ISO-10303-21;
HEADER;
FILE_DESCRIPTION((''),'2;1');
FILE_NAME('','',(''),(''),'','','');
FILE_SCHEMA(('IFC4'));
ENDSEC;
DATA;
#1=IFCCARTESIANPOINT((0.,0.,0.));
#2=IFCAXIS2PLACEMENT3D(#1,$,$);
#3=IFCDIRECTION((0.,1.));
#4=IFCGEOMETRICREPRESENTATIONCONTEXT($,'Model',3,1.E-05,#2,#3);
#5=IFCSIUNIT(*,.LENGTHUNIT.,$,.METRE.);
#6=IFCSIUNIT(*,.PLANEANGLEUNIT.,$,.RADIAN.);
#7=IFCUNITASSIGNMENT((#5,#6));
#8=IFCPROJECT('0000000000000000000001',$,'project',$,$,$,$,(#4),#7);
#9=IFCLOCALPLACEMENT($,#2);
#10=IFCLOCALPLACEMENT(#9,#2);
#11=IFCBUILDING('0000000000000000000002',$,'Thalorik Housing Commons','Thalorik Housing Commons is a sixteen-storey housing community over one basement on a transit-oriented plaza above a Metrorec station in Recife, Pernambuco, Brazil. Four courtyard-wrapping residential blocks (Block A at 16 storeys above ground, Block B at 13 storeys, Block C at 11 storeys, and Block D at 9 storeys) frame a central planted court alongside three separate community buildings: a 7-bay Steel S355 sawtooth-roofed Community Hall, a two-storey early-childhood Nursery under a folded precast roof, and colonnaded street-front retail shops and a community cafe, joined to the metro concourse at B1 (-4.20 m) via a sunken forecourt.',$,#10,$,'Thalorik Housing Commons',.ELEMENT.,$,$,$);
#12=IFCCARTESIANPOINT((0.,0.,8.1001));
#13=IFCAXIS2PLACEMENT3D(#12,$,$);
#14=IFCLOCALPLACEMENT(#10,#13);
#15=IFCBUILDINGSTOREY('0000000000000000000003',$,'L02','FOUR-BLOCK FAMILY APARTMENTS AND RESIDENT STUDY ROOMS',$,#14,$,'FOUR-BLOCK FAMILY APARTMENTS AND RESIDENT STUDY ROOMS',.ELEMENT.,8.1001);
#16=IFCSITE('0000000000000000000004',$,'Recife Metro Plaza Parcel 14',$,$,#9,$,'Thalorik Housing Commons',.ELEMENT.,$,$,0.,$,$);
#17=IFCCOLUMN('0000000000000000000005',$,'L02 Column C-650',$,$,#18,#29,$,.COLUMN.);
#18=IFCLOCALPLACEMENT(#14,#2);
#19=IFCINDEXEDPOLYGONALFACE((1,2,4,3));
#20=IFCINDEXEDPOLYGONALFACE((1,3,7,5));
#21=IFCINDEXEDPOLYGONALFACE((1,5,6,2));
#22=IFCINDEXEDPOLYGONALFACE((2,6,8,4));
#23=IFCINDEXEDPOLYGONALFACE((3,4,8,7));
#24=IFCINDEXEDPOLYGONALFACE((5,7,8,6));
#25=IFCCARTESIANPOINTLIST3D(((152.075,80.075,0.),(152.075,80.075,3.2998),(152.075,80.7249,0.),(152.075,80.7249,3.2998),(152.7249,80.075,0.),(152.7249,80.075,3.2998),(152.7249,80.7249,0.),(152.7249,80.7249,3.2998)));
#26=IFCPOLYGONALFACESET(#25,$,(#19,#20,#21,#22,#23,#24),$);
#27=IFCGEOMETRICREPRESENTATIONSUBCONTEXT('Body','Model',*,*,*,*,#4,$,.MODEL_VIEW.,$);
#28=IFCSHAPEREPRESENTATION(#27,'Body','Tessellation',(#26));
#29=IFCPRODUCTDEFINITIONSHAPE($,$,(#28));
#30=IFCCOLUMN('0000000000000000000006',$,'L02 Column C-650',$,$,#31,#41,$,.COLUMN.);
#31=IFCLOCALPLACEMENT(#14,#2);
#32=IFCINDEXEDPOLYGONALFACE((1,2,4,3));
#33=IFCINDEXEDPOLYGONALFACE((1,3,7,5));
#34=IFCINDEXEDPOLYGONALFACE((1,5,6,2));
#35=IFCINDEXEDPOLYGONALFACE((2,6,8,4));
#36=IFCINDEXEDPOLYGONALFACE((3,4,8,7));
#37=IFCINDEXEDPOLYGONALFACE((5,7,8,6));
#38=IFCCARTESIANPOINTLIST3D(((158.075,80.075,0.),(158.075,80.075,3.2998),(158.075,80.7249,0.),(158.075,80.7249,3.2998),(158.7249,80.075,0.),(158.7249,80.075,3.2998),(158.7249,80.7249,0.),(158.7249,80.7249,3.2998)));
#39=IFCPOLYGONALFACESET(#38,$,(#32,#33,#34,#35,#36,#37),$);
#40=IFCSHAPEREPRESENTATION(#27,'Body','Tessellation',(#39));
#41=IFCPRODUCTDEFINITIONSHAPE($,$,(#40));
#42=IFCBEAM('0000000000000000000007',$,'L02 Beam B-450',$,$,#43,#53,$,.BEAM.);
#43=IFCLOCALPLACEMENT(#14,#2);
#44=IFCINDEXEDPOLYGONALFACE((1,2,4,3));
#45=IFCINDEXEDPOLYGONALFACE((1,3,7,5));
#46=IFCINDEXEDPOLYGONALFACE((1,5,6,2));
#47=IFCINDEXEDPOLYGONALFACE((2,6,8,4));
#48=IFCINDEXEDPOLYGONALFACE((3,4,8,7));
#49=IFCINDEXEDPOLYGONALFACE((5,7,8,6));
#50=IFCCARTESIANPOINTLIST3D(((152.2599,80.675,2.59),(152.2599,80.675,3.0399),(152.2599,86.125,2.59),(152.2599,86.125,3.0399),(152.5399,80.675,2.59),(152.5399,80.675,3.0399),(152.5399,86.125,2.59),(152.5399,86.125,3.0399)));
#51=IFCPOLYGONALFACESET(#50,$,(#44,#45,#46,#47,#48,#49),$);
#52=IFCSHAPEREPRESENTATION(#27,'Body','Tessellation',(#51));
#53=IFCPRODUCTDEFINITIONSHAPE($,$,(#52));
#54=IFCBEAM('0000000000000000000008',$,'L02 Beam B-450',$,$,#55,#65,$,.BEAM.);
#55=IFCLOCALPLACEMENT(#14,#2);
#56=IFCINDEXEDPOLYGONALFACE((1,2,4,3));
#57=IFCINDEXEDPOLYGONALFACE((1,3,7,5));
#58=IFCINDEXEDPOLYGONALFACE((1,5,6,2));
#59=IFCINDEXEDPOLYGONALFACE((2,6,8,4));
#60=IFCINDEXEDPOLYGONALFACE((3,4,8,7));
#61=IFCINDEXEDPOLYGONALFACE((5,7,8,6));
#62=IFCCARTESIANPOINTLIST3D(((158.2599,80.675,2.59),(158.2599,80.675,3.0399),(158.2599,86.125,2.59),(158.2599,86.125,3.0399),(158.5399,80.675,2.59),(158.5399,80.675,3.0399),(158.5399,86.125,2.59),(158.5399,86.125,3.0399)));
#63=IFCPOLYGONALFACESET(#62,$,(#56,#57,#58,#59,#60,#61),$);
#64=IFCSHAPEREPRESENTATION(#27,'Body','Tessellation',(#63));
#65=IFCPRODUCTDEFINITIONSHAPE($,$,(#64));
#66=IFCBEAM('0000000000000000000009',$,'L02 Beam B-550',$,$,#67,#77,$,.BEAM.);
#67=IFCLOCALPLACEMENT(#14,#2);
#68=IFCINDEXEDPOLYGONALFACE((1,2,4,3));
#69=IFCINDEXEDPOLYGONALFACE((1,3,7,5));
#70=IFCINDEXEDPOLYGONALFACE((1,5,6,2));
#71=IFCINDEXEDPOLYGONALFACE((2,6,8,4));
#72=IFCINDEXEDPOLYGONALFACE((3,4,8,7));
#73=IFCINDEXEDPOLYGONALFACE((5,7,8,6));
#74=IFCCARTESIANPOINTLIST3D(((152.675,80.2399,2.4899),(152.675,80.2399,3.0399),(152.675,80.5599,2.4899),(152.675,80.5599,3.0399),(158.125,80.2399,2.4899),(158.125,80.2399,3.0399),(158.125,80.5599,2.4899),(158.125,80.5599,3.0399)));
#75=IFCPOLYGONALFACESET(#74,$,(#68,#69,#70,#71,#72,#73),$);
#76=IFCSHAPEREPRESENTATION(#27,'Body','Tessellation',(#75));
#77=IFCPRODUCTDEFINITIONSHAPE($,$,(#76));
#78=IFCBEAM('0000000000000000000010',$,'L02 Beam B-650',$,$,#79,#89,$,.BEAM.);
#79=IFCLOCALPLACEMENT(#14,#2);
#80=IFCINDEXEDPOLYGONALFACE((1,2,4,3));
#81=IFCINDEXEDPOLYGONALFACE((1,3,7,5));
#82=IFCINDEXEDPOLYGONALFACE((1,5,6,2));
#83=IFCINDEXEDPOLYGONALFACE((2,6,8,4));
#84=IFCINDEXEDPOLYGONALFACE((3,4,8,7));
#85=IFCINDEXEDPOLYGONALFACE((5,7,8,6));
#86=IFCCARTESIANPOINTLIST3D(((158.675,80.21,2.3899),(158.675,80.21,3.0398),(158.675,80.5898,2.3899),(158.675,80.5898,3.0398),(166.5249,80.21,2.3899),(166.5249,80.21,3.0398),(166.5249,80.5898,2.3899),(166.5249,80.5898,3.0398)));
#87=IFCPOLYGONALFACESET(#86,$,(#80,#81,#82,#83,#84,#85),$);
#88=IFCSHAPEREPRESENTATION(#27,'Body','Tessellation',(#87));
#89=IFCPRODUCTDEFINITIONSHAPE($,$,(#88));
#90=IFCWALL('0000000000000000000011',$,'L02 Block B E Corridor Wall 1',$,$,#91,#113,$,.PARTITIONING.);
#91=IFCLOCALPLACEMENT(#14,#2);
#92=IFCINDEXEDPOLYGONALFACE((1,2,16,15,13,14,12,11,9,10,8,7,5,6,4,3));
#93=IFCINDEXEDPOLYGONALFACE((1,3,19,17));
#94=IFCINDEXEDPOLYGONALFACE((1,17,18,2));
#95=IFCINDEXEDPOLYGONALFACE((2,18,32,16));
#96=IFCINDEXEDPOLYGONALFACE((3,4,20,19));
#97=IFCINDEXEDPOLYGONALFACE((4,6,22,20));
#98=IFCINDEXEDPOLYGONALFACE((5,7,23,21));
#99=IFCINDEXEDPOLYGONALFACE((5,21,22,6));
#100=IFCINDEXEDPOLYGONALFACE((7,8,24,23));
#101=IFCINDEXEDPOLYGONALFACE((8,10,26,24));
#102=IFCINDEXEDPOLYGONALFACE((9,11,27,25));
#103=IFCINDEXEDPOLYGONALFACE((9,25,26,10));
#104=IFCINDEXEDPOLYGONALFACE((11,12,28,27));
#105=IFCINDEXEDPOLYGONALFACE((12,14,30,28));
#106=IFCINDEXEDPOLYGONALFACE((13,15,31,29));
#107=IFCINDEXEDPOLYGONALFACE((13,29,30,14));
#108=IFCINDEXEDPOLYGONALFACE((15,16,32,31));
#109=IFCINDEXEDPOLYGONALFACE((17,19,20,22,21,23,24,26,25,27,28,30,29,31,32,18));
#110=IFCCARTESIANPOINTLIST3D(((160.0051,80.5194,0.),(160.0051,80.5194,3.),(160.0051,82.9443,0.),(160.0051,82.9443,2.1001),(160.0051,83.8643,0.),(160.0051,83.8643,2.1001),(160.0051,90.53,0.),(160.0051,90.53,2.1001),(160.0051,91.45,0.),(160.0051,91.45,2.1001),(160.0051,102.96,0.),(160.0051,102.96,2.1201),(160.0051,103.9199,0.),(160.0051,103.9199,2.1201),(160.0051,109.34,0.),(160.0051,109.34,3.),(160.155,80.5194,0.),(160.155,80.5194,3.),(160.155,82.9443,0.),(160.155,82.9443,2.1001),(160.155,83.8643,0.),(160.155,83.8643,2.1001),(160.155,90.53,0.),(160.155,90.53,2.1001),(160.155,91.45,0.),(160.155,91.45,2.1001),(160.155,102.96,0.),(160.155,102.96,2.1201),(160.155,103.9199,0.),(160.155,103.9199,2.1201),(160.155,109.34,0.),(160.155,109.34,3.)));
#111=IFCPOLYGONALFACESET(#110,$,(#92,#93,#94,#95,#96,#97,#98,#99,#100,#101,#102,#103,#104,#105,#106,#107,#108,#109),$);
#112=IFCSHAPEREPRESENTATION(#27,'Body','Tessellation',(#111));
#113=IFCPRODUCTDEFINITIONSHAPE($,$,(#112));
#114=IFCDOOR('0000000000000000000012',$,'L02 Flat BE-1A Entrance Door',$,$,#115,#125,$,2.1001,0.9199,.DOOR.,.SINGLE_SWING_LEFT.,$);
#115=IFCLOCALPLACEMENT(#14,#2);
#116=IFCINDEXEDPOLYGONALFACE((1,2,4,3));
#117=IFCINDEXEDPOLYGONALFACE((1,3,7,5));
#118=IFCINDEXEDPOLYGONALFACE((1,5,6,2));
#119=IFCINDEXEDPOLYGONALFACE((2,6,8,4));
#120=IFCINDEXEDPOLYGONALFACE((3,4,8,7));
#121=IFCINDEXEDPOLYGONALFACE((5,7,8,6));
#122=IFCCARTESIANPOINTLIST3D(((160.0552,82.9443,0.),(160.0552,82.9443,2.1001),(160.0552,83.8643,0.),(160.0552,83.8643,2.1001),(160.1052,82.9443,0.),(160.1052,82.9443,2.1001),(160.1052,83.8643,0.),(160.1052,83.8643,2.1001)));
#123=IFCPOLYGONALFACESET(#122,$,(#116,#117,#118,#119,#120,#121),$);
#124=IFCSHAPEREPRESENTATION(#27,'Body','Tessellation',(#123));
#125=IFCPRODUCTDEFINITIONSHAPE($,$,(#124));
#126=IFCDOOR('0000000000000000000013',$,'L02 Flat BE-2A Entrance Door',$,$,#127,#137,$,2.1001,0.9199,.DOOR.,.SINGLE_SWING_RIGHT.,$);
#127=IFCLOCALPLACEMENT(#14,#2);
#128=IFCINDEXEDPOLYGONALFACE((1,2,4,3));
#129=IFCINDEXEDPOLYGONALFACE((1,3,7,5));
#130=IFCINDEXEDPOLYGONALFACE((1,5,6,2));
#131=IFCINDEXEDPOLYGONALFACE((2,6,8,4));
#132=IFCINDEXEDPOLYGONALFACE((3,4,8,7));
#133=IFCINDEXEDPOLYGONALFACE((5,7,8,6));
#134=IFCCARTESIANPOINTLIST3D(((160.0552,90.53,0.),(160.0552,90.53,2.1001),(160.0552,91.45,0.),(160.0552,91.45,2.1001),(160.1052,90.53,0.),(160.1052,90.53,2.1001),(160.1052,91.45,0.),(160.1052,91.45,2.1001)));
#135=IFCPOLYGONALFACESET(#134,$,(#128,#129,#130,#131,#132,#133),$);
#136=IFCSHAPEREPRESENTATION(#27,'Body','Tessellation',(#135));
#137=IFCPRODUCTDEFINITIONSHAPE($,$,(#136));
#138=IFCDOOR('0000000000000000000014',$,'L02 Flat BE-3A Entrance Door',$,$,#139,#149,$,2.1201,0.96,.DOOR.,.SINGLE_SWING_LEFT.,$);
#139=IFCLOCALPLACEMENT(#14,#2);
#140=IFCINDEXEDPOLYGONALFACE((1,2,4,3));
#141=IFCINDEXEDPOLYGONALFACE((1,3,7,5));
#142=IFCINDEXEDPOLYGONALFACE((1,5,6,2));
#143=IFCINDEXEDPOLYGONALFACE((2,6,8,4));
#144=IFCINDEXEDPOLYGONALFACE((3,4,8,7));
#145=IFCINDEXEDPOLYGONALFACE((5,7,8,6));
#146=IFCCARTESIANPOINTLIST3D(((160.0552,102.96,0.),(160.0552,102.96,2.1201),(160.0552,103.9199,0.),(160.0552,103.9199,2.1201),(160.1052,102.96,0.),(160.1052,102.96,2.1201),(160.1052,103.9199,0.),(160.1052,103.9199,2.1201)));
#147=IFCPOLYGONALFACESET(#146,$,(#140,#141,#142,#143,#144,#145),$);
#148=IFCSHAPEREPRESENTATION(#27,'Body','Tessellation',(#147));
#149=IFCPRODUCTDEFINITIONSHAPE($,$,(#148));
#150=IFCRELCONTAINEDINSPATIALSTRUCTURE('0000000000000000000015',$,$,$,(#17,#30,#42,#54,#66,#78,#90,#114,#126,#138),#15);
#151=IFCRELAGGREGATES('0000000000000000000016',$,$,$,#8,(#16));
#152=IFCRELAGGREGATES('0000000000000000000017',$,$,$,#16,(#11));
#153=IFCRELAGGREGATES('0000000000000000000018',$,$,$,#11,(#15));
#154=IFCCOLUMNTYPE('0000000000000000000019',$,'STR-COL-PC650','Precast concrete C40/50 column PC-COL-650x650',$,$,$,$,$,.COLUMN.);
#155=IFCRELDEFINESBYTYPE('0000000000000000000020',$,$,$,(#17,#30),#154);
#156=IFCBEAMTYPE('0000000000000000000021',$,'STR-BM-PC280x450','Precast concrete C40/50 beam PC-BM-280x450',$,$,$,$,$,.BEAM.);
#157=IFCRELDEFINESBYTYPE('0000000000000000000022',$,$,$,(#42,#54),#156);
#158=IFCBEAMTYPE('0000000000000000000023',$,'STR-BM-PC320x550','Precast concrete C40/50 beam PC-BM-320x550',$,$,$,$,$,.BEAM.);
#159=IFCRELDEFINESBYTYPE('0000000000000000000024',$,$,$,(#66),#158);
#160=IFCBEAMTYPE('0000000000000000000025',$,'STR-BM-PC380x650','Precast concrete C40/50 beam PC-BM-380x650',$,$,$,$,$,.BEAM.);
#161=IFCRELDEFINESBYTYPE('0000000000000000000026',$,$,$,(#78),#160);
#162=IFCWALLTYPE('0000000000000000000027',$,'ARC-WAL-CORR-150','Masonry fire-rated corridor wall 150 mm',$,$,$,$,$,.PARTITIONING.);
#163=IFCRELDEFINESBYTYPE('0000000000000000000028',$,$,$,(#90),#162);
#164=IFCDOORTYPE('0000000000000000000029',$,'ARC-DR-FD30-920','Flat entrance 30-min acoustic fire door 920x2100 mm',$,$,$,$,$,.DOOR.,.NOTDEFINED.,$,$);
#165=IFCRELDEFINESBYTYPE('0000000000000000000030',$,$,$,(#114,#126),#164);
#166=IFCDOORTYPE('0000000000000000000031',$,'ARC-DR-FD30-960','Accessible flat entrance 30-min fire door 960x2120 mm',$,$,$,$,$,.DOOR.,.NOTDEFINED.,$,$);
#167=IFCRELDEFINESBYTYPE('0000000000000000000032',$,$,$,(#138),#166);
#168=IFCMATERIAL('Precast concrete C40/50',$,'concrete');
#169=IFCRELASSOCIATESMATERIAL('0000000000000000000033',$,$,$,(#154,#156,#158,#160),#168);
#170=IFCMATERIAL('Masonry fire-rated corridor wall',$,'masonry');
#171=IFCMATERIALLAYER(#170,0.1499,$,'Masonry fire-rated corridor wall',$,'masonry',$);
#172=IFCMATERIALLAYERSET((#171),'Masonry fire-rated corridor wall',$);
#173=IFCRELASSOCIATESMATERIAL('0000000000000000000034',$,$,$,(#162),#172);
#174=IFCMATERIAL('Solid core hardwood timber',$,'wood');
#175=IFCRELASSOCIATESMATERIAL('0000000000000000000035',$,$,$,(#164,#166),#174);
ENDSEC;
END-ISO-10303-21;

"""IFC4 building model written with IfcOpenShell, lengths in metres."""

from ifc_helpers import new_model, si_unit, direction, frame, frame_2d, origin, origin_2d, place, context, subcontext, project, spatial, rectangle, extrude, material, layer, layer_set, material_profile, profile_set, type_object, element, fill, save


model = new_model("IFC4")

# Units and contexts
model_context = context("Model", 3, precision=1e-05, world=origin(), true_north=direction((0.0, 1.0)))
body_context = subcontext(model_context, "Body", "Model", "MODEL_VIEW")
ifc_project = project(units=[si_unit("LENGTHUNIT", "METRE"), si_unit("PLANEANGLEUNIT", "RADIAN")], contexts=[model_context])

# Site, building, storey
site_placement = place(None, origin())
site = spatial("IfcSite", under=ifc_project, at=site_placement, Name="Recife Metro Plaza Parcel 14", LongName="Thalorik Housing Commons", CompositionType="ELEMENT", RefElevation=0.0)
building_placement = place(site_placement, origin())
building = spatial("IfcBuilding", under=site, at=building_placement, Name="Thalorik Housing Commons", Description="Thalorik Housing Commons is a sixteen-storey housing community over one basement on a transit-oriented plaza above a Metrorec station in Recife, Pernambuco, Brazil. Four courtyard-wrapping residential blocks (Block A at 16 storeys above ground, Block B at 13 storeys, Block C at 11 storeys, and Block D at 9 storeys) frame a central planted court alongside three separate community buildings: a 7-bay Steel S355 sawtooth-roofed Community Hall, a two-storey early-childhood Nursery under a folded precast roof, and colonnaded street-front retail shops and a community cafe, joined to the metro concourse at B1 (-4.20 m) via a sunken forecourt.", LongName="Thalorik Housing Commons", CompositionType="ELEMENT")
storey_placement = place(building_placement, frame((0.0, 0.0, 8.1001)))
storey = spatial("IfcBuildingStorey", under=building, at=storey_placement, Name="L02", Description="FOUR-BLOCK FAMILY APARTMENTS AND RESIDENT STUDY ROOMS", LongName="FOUR-BLOCK FAMILY APARTMENTS AND RESIDENT STUDY ROOMS", CompositionType="ELEMENT", Elevation=8.1001)

# Columns
ifc_material_1 = material(Name="Precast concrete C40/50", Category="concrete")
ifc_material_profile_1 = material_profile(ifc_material_1, rectangle(XDim=0.6499, YDim=0.6499, at=origin_2d()), Name="PC 650x650", Category="concrete")
ifc_profile_set_1 = profile_set([ifc_material_profile_1], Name="Precast concrete C40/50")
column_type = type_object("IfcColumnType", Name="STR-COL-PC650", Description="Precast concrete C40/50 column PC-COL-650x650", PredefinedType="COLUMN", material=ifc_profile_set_1)
for number, where, z_axis, x_axis, name in (
    (1, (152.3999, 80.3999, 0.0), (0.0, 0.0, 1.0), (1.0, 0.0, 0.0), "L02 Column C-650"),
    (2, (158.3999, 80.3999, 0.0), (0.0, 0.0, 1.0), (1.0, 0.0, 0.0), "L02 Column C-650"),
):
    element("IfcColumn", number, at=place(storey_placement, frame(where, z_axis=z_axis, x_axis=x_axis)), inside=storey, type_object=column_type, Name=name, PredefinedType="COLUMN", context=body_context, shape_type="SweptSolid", body=[
        extrude(rectangle(XDim=0.6499, YDim=0.6499, at=origin_2d()), origin(), (0.0, 0.0, 1.0), 3.2998),
    ])

# Beams
ifc_material_profile_2 = material_profile(ifc_material_1, rectangle(XDim=0.28, YDim=0.45, at=origin_2d()), Name="PC 280x450", Category="concrete")
ifc_profile_set_2 = profile_set([ifc_material_profile_2], Name="Precast concrete C40/50")
beam_type_1 = type_object("IfcBeamType", Name="STR-BM-PC280x450", Description="Precast concrete C40/50 beam PC-BM-280x450", PredefinedType="BEAM", material=ifc_profile_set_2)
for number, where, z_axis, x_axis, name in (
    (3, (152.3999, 80.675, 2.8149), (0.0, 1.0, 0.0), (-1.0, 0.0, 0.0), "L02 Beam B-450"),
    (4, (158.3999, 80.675, 2.8149), (0.0, 1.0, 0.0), (-1.0, 0.0, 0.0), "L02 Beam B-450"),
):
    element("IfcBeam", number, at=place(storey_placement, frame(where, z_axis=z_axis, x_axis=x_axis)), inside=storey, type_object=beam_type_1, Name=name, PredefinedType="BEAM", context=body_context, shape_type="SweptSolid", body=[
        extrude(rectangle(XDim=0.28, YDim=0.45, at=origin_2d()), origin(), (0.0, 0.0, 1.0), 5.45),
    ])
ifc_material_profile_3 = material_profile(ifc_material_1, rectangle(XDim=0.3201, YDim=0.55, at=origin_2d()), Name="PC 320x550", Category="concrete")
ifc_profile_set_3 = profile_set([ifc_material_profile_3], Name="Precast concrete C40/50")
beam_type_2 = type_object("IfcBeamType", Name="STR-BM-PC320x550", Description="Precast concrete C40/50 beam PC-BM-320x550", PredefinedType="BEAM", material=ifc_profile_set_3)
beam_1_placement = place(storey_placement, frame((152.675, 80.3999, 2.7649), z_axis=(1.0, 0.0, 0.0), x_axis=(0.0, 1.0, 0.0)))
element("IfcBeam", 5, at=beam_1_placement, inside=storey, type_object=beam_type_2, Name="L02 Beam B-550", PredefinedType="BEAM", context=body_context, shape_type="SweptSolid", body=[
    extrude(rectangle(XDim=0.3201, YDim=0.55, at=origin_2d()), origin(), (0.0, 0.0, 1.0), 5.45),
])
ifc_material_profile_4 = material_profile(ifc_material_1, rectangle(XDim=0.3799, YDim=0.6499, at=origin_2d()), Name="PC 380x650", Category="concrete")
ifc_profile_set_4 = profile_set([ifc_material_profile_4], Name="Precast concrete C40/50")
beam_type_3 = type_object("IfcBeamType", Name="STR-BM-PC380x650", Description="Precast concrete C40/50 beam PC-BM-380x650", PredefinedType="BEAM", material=ifc_profile_set_4)
beam_2_placement = place(storey_placement, frame((158.675, 80.3999, 2.7148), z_axis=(1.0, 0.0, 0.0), x_axis=(0.0, 1.0, 0.0)))
element("IfcBeam", 6, at=beam_2_placement, inside=storey, type_object=beam_type_3, Name="L02 Beam B-650", PredefinedType="BEAM", context=body_context, shape_type="SweptSolid", body=[
    extrude(rectangle(XDim=0.3799, YDim=0.6499, at=origin_2d()), origin(), (0.0, 0.0, 1.0), 7.8499),
])

# Wall, openings, doors
ifc_material_2 = material(Name="Masonry fire-rated corridor wall", Category="masonry")
ifc_layer_1 = layer(ifc_material_2, 0.1499, Name="Masonry fire-rated corridor wall", Category="masonry")
ifc_layer_set_1 = layer_set([ifc_layer_1], Name="Masonry fire-rated corridor wall")
wall_type_1 = type_object("IfcWallType", Name="ARC-WAL-CORR-150", Description="Masonry fire-rated corridor wall 150 mm", PredefinedType="PARTITIONING", material=ifc_layer_set_1)
wall_1_placement = place(storey_placement, frame((160.0801, 80.5195, 0.0), z_axis=(0.0, 0.0, 1.0), x_axis=(0.0, 1.0, 0.0)))
wall_1 = element("IfcWall", 7, at=wall_1_placement, inside=storey, type_object=wall_type_1, Name="L02 Block B E Corridor Wall 1", PredefinedType="PARTITIONING", context=body_context, shape_type="SweptSolid", body=[
    extrude(rectangle(XDim=28.8206, YDim=0.1499, at=frame_2d((14.4102, 0.0))), origin(), (0.0, 0.0, 1.0), 3.0),
])
opening_1_placement = place(wall_1_placement, frame((2.4248, 0.0, 0.0)))
opening_1 = element("IfcOpeningElement", 8, at=opening_1_placement, cuts=wall_1, PredefinedType="OPENING", context=body_context, shape_type="SweptSolid", body=[
    extrude(rectangle(XDim=0.9199, YDim=2.1001, at=frame_2d((0.46, 1.05))), frame((0.0, 0.085, 0.0), z_axis=(0.0, -1.0, 0.0), x_axis=(1.0, 0.0, 0.0)), (0.0, 0.0, 1.0), 0.1699),
])
opening_2_placement = place(wall_1_placement, frame((10.0105, 0.0, 0.0)))
opening_2 = element("IfcOpeningElement", 9, at=opening_2_placement, cuts=wall_1, PredefinedType="OPENING", context=body_context, shape_type="SweptSolid", body=[
    extrude(rectangle(XDim=0.9199, YDim=2.1001, at=frame_2d((0.46, 1.05))), frame((0.0, 0.085, 0.0), z_axis=(0.0, -1.0, 0.0), x_axis=(1.0, 0.0, 0.0)), (0.0, 0.0, 1.0), 0.1699),
])
opening_3_placement = place(wall_1_placement, frame((22.4404, 0.0, 0.0)))
opening_3 = element("IfcOpeningElement", 10, at=opening_3_placement, cuts=wall_1, PredefinedType="OPENING", context=body_context, shape_type="SweptSolid", body=[
    extrude(rectangle(XDim=0.96, YDim=2.1201, at=frame_2d((0.48, 1.0601))), frame((0.0, 0.085, 0.0), z_axis=(0.0, -1.0, 0.0), x_axis=(1.0, 0.0, 0.0)), (0.0, 0.0, 1.0), 0.1699),
])
ifc_material_3 = material(Name="Solid core hardwood timber", Category="wood")
door_type_1 = type_object("IfcDoorType", Name="ARC-DR-FD30-920", Description="Flat entrance 30-min acoustic fire door 920x2100 mm", OperationType="NOTDEFINED", PredefinedType="DOOR", material=ifc_material_3)
door_1_placement = place(opening_1_placement, origin())
door_1 = element("IfcDoor", 11, at=door_1_placement, inside=storey, type_object=door_type_1, Name="L02 Flat BE-1A Entrance Door", OperationType="SINGLE_SWING_LEFT", OverallHeight=2.1001, OverallWidth=0.9199, PredefinedType="DOOR", context=body_context, shape_type="SweptSolid", body=[
    extrude(rectangle(XDim=0.9199, YDim=2.1001, at=frame_2d((0.46, 1.05))), frame((0.0, 0.0249, 0.0), z_axis=(0.0, -1.0, 0.0), x_axis=(1.0, 0.0, 0.0)), (0.0, 0.0, 1.0), 0.05),
])
fill(opening_1, door_1)
door_2_placement = place(opening_2_placement, origin())
door_2 = element("IfcDoor", 12, at=door_2_placement, inside=storey, type_object=door_type_1, Name="L02 Flat BE-2A Entrance Door", OperationType="SINGLE_SWING_RIGHT", OverallHeight=2.1001, OverallWidth=0.9199, PredefinedType="DOOR", context=body_context, shape_type="SweptSolid", body=[
    extrude(rectangle(XDim=0.9199, YDim=2.1001, at=frame_2d((0.46, 1.05))), frame((0.0, 0.0249, 0.0), z_axis=(0.0, -1.0, 0.0), x_axis=(1.0, 0.0, 0.0)), (0.0, 0.0, 1.0), 0.05),
])
fill(opening_2, door_2)
door_type_2 = type_object("IfcDoorType", Name="ARC-DR-FD30-960", Description="Accessible flat entrance 30-min fire door 960x2120 mm", OperationType="NOTDEFINED", PredefinedType="DOOR", material=ifc_material_3)
door_3_placement = place(opening_3_placement, origin())
door_3 = element("IfcDoor", 13, at=door_3_placement, inside=storey, type_object=door_type_2, Name="L02 Flat BE-3A Entrance Door", OperationType="SINGLE_SWING_LEFT", OverallHeight=2.1201, OverallWidth=0.96, PredefinedType="DOOR", context=body_context, shape_type="SweptSolid", body=[
    extrude(rectangle(XDim=0.96, YDim=2.1201, at=frame_2d((0.48, 1.0601))), frame((0.0, 0.0249, 0.0), z_axis=(0.0, -1.0, 0.0), x_axis=(1.0, 0.0, 0.0)), (0.0, 0.0, 1.0), 0.05),
])
fill(opening_3, door_3)

save(model, "model.ifc")
